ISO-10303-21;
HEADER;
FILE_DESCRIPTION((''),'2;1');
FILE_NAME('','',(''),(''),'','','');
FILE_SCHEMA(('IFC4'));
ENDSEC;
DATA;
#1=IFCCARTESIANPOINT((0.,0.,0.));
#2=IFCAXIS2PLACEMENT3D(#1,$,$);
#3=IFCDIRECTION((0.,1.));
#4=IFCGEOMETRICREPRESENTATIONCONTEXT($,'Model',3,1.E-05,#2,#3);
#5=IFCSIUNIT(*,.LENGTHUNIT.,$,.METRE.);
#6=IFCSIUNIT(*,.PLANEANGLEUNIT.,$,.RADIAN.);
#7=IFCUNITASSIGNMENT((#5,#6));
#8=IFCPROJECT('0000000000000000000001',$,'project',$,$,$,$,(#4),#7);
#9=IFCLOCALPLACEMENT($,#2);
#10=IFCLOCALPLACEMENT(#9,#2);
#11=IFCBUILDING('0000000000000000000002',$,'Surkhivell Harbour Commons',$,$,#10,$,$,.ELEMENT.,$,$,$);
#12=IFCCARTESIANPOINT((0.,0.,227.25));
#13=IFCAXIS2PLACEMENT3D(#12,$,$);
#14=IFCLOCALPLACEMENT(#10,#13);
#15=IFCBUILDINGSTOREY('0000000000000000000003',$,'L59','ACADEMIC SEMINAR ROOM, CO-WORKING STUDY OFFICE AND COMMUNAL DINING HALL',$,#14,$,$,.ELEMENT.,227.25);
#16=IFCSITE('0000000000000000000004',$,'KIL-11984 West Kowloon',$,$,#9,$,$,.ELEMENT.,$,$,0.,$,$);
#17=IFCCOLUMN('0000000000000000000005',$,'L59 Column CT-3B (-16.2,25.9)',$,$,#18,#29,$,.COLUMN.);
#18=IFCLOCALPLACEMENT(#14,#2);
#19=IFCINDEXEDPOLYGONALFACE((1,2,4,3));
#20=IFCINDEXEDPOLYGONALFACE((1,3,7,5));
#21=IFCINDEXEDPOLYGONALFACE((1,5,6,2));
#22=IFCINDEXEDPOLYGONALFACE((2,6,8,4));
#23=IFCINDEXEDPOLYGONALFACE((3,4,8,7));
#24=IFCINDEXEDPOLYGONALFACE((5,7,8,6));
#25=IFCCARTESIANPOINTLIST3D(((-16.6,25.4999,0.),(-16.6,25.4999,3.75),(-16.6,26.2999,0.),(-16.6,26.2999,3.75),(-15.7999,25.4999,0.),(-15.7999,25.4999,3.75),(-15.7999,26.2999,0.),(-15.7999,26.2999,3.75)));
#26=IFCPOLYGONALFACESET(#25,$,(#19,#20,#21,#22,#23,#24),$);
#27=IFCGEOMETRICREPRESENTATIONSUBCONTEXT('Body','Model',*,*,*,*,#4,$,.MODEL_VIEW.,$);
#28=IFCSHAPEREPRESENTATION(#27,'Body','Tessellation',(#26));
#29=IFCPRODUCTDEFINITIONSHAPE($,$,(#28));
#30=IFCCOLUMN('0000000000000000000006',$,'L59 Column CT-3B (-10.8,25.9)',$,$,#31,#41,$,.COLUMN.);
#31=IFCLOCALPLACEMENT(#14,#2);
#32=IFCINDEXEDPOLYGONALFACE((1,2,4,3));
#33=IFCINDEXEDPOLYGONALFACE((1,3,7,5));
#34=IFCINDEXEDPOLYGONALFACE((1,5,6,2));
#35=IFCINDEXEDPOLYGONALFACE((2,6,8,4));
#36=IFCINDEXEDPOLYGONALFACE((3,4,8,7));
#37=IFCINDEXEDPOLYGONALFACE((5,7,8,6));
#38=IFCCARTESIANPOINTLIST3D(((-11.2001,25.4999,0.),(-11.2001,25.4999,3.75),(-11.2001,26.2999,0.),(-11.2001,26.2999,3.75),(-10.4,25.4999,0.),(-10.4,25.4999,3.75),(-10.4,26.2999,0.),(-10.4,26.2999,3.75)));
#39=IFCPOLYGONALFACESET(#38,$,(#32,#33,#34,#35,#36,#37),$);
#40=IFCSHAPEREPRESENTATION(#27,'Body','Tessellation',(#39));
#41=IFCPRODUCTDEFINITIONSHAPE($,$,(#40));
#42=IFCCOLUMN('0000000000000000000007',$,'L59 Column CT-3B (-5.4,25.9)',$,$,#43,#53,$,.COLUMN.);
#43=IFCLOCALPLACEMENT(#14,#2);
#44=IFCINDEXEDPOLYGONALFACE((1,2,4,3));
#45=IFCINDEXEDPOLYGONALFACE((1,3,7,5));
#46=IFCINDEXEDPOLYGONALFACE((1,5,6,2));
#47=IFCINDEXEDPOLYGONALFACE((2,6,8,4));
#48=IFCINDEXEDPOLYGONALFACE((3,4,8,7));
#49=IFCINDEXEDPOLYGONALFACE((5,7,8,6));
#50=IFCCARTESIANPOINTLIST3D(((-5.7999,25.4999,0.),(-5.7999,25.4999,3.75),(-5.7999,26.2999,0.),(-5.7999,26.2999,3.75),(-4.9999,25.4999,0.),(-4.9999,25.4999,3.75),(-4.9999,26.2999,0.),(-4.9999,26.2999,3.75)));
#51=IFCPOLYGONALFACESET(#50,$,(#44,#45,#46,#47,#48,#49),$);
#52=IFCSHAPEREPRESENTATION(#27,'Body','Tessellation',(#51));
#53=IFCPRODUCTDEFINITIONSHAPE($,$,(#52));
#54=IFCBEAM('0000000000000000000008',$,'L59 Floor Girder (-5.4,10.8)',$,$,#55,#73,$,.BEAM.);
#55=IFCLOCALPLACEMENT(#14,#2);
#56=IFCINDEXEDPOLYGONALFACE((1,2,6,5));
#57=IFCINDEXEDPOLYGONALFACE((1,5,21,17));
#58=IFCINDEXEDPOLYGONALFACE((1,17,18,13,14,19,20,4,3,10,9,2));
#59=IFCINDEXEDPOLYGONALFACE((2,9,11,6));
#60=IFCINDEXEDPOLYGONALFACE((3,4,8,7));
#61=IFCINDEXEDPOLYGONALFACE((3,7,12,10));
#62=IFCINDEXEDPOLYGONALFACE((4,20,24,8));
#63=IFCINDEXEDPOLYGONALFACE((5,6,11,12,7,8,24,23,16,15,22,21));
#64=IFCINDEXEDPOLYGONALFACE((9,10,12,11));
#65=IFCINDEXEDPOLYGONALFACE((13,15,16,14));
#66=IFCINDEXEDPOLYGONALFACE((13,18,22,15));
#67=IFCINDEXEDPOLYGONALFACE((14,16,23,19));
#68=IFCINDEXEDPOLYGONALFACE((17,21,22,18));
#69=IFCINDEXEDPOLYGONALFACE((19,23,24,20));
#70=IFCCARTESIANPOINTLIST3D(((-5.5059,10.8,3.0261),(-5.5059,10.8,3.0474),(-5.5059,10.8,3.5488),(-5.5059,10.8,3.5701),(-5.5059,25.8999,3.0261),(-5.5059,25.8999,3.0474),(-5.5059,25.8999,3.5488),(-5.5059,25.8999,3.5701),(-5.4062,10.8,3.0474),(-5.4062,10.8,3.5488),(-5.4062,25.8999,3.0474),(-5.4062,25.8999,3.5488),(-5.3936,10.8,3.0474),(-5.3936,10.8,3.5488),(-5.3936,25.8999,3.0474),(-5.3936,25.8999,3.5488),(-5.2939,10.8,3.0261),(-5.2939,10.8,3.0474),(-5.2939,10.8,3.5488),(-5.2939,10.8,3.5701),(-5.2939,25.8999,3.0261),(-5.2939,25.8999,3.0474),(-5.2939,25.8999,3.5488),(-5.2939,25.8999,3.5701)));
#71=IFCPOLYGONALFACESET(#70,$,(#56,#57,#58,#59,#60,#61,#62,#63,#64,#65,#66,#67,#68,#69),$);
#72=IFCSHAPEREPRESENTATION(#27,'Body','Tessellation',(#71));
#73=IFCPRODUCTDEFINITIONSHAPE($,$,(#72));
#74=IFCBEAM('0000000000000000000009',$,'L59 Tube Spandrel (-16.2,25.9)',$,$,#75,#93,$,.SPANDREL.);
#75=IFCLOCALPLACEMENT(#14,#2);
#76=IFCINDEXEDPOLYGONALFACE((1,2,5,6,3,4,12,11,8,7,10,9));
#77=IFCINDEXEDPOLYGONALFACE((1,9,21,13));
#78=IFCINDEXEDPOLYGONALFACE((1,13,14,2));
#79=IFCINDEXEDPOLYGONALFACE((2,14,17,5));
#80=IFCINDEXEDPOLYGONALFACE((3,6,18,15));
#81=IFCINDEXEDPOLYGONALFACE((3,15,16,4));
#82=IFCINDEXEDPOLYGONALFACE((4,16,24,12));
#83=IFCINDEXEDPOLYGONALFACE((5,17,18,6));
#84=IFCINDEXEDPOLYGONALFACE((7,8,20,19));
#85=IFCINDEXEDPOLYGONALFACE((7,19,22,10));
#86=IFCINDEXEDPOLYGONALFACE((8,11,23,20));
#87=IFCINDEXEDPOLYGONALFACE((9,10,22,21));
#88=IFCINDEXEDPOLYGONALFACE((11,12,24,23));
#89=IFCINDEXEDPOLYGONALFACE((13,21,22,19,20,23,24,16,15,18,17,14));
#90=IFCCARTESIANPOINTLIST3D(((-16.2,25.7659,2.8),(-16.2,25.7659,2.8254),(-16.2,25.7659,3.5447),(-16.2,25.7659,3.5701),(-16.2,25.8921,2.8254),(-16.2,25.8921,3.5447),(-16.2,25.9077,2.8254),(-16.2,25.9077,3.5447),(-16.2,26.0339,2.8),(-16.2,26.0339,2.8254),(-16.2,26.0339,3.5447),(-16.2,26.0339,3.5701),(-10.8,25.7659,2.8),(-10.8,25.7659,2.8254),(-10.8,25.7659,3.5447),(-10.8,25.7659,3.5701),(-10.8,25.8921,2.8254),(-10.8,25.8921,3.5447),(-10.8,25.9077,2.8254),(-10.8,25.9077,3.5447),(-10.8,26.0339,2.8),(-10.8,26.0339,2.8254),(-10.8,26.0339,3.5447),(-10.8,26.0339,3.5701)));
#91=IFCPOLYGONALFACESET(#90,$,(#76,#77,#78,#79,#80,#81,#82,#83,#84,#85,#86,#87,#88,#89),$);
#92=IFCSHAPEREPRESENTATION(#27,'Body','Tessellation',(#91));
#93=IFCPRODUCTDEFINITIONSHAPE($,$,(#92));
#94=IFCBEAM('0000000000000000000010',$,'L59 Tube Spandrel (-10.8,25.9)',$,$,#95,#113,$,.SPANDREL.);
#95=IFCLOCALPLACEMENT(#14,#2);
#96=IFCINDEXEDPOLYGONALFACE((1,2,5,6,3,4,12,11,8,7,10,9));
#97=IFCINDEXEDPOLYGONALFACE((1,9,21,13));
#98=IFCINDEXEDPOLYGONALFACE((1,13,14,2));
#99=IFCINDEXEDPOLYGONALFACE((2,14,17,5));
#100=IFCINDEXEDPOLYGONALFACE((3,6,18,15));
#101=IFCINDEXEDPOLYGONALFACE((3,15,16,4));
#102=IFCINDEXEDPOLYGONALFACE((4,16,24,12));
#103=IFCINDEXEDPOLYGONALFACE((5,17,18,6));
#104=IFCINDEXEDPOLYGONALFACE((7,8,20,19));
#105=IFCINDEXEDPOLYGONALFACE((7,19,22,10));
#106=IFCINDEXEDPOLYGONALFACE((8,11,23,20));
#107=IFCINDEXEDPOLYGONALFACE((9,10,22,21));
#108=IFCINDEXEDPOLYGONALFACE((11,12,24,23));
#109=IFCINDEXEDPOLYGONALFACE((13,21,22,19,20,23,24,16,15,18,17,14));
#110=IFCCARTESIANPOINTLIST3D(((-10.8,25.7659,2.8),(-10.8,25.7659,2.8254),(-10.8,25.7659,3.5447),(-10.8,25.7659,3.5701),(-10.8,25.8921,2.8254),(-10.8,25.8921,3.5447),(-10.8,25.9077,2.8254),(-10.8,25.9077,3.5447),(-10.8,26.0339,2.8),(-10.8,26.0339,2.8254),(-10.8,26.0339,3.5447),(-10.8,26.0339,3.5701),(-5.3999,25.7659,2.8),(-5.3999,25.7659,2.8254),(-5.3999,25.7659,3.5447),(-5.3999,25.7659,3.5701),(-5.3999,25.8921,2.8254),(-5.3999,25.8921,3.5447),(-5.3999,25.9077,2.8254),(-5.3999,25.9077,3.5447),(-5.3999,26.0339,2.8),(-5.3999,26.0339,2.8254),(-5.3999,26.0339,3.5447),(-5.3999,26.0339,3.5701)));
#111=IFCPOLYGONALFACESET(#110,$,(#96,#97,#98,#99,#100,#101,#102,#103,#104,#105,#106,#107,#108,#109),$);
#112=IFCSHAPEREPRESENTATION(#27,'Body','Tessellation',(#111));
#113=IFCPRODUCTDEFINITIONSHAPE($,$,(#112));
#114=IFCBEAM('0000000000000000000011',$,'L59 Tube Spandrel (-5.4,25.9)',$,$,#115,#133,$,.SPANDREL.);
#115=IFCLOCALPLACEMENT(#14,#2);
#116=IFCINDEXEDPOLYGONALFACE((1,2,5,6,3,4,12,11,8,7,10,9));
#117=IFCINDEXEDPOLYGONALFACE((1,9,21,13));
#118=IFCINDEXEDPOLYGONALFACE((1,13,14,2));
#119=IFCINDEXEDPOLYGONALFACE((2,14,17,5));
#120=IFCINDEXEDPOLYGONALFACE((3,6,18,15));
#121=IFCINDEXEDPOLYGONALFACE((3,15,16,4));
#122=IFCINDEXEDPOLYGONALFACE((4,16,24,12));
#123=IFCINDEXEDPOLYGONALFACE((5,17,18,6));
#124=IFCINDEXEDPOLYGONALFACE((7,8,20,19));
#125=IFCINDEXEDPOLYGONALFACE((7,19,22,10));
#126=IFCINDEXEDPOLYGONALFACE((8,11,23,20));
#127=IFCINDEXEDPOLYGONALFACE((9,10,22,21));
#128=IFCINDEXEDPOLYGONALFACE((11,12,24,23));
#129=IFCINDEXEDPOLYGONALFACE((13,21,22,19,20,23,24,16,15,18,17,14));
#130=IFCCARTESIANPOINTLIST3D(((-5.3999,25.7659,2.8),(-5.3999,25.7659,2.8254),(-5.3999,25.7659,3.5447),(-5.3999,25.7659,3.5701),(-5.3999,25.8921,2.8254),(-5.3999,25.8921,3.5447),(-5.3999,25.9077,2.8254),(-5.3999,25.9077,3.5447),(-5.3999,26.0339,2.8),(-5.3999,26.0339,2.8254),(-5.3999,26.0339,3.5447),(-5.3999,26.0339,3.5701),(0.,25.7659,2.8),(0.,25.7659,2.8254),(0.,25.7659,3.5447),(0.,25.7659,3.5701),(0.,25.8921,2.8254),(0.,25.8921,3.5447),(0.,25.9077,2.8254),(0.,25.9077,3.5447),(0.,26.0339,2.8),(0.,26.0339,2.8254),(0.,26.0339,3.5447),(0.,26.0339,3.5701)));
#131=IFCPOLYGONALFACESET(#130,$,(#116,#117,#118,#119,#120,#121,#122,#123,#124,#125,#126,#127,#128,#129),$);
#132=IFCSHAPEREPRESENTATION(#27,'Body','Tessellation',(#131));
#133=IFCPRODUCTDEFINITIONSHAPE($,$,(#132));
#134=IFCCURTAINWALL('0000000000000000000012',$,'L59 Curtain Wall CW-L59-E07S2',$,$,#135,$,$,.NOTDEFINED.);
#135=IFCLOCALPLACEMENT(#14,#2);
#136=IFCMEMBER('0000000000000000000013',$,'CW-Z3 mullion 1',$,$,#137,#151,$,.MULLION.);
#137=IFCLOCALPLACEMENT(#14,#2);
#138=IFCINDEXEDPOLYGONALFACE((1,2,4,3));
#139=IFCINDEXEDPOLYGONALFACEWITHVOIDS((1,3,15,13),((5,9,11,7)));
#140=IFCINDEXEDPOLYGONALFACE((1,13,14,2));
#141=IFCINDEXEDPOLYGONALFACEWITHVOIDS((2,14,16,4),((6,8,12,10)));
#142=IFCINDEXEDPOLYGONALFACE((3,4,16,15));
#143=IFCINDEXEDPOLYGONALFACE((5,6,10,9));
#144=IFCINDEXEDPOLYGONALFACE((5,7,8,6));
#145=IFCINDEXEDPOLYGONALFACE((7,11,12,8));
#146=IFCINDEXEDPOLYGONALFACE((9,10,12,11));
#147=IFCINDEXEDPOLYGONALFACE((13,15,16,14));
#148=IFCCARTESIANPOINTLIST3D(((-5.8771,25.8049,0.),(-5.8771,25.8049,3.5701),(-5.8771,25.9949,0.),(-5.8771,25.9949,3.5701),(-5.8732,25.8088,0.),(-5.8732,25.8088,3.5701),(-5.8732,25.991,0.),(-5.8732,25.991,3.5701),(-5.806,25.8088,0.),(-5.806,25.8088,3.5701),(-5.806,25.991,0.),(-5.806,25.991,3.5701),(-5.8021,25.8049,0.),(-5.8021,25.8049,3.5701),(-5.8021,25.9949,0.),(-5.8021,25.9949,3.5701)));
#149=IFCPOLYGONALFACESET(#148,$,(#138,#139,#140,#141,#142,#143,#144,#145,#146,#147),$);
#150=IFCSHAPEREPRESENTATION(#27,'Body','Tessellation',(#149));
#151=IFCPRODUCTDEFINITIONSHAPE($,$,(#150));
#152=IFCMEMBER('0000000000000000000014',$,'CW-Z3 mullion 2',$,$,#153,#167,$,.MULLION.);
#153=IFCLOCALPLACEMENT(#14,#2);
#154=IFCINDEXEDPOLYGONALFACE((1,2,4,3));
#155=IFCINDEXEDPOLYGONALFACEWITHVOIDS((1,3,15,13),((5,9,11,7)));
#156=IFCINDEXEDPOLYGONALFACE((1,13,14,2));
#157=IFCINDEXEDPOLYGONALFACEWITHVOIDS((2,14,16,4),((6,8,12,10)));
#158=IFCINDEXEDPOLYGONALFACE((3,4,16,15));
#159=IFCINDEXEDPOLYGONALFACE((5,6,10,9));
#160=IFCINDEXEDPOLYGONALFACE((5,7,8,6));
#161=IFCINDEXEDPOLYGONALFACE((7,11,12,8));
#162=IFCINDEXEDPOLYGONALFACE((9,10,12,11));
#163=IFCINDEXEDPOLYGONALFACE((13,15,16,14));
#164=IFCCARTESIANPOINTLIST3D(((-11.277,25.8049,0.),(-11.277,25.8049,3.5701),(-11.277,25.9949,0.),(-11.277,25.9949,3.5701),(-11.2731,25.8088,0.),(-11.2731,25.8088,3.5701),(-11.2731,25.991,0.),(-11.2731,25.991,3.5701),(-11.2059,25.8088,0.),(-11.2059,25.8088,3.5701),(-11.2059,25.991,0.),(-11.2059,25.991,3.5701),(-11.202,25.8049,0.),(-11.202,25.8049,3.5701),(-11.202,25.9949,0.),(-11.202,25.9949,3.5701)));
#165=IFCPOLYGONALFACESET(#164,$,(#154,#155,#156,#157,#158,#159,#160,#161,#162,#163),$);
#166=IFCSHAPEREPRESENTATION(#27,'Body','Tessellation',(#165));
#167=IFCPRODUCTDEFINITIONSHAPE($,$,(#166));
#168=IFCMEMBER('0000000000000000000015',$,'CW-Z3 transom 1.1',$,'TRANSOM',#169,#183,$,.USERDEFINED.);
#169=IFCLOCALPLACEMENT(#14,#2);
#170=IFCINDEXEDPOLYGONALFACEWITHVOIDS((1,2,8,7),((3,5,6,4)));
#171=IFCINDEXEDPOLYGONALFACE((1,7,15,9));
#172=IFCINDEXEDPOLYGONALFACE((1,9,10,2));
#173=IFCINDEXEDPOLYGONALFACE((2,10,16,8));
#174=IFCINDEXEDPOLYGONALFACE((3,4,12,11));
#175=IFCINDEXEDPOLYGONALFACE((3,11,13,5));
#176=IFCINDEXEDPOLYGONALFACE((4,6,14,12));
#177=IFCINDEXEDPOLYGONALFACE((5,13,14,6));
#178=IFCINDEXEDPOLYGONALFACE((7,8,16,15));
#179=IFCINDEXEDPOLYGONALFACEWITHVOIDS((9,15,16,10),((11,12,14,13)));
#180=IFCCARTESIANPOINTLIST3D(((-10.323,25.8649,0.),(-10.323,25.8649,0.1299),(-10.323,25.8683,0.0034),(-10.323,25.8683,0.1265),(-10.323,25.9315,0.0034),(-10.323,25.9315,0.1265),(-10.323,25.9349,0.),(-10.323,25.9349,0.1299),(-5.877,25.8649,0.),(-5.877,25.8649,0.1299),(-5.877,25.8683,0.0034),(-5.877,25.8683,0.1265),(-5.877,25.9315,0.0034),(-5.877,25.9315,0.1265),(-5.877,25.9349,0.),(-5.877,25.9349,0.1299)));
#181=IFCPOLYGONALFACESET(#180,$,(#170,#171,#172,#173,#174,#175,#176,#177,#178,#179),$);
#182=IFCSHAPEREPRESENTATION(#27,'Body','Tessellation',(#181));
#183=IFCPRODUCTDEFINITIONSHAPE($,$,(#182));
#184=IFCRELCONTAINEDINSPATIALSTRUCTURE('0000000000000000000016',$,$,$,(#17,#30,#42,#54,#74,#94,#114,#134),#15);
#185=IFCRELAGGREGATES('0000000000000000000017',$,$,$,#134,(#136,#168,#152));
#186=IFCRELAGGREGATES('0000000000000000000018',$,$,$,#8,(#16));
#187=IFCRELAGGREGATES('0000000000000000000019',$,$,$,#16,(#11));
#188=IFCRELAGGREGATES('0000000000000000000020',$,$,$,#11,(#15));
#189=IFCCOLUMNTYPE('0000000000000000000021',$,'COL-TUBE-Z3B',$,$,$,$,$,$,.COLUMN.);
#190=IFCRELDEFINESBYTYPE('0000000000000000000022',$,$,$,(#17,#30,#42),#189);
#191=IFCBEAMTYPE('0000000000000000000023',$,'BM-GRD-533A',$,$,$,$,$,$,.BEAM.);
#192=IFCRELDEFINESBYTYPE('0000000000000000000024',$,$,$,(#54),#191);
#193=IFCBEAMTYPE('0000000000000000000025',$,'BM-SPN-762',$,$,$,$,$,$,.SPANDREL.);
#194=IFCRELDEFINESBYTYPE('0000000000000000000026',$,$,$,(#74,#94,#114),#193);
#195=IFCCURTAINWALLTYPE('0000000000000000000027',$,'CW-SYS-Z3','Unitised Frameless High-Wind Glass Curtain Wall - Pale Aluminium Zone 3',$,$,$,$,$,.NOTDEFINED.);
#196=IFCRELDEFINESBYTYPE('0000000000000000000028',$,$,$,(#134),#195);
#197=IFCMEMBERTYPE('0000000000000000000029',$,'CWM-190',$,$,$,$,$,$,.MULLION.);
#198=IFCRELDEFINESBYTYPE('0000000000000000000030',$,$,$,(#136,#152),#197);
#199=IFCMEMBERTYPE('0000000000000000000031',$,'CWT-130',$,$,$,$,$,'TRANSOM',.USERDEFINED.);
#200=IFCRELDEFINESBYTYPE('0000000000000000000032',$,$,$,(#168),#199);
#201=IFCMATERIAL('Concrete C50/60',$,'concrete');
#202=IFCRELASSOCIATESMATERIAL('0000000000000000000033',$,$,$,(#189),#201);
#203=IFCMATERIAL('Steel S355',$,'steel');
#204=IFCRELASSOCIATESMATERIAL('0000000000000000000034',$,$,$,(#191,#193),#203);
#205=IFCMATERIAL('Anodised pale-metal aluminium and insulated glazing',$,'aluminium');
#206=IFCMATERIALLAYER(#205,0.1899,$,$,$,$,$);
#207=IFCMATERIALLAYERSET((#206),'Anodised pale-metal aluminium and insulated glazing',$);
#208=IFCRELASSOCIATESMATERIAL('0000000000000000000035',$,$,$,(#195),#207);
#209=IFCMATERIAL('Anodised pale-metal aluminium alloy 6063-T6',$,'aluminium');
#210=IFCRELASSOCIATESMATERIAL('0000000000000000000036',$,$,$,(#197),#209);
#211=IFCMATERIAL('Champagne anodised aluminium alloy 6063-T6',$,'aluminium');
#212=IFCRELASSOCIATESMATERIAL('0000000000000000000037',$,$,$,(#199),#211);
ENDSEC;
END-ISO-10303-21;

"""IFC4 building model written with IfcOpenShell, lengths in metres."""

from ifc_helpers import new_model, si_unit, direction, frame, origin, origin_2d, place, context, subcontext, project, spatial, rectangle, hollow_rectangle, i_section, extrude, material, layer, layer_set, material_profile, profile_set, type_object, element, aggregate, save


model = new_model("IFC4")

# Units and contexts
model_context = context("Model", 3, precision=1e-05, world=origin(), true_north=direction((0.0, 1.0)))
body_context = subcontext(model_context, "Body", "Model", "MODEL_VIEW")
ifc_project = project(units=[si_unit("LENGTHUNIT", "METRE"), si_unit("PLANEANGLEUNIT", "RADIAN")], contexts=[model_context])

# Site, building, storey
site_placement = place(None, origin())
site = spatial("IfcSite", under=ifc_project, at=site_placement, Name="KIL-11984 West Kowloon", CompositionType="ELEMENT", RefElevation=0.0)
building_placement = place(site_placement, origin())
building = spatial("IfcBuilding", under=site, at=building_placement, Name="Surkhivell Harbour Commons", CompositionType="ELEMENT")
storey_placement = place(building_placement, frame((0.0, 0.0, 227.25)))
storey = spatial("IfcBuildingStorey", under=building, at=storey_placement, Name="L59", Description="ACADEMIC SEMINAR ROOM, CO-WORKING STUDY OFFICE AND COMMUNAL DINING HALL", CompositionType="ELEMENT", Elevation=227.25)

# Columns
ifc_material_1 = material(Name="Concrete C50/60", Category="concrete")
ifc_material_profile_1 = material_profile(ifc_material_1, rectangle(XDim=0.8, YDim=0.8, at=origin_2d()), Name="RC-COL-800x800")
ifc_profile_set_1 = profile_set([ifc_material_profile_1], Name="Concrete C50/60")
column_type = type_object("IfcColumnType", Name="COL-TUBE-Z3B", PredefinedType="COLUMN", material=ifc_profile_set_1)
for number, where, z_axis, x_axis, name in (
    (1, (-16.2, 25.8999, 0.0), (0.0, 0.0, 1.0), (1.0, 0.0, 0.0), "L59 Column CT-3B (-16.2,25.9)"),
    (2, (-10.8, 25.8999, 0.0), (0.0, 0.0, 1.0), (1.0, 0.0, 0.0), "L59 Column CT-3B (-10.8,25.9)"),
    (3, (-5.3999, 25.8999, 0.0), (0.0, 0.0, 1.0), (1.0, 0.0, 0.0), "L59 Column CT-3B (-5.4,25.9)"),
):
    element("IfcColumn", number, at=place(storey_placement, frame(where, z_axis=z_axis, x_axis=x_axis)), inside=storey, type_object=column_type, Name=name, PredefinedType="COLUMN", context=body_context, shape_type="SweptSolid", body=[
        extrude(rectangle(XDim=0.8, YDim=0.8, at=origin_2d()), origin(), (0.0, 0.0, 1.0), 3.75),
    ])

# Beams
ifc_material_2 = material(Name="Steel S355", Category="steel")
ifc_material_profile_2 = material_profile(ifc_material_2, i_section(OverallWidth=0.2119, OverallDepth=0.5439, WebThickness=0.0127, FlangeThickness=0.0212, at=origin_2d()), Name="UB533x210x122")
ifc_profile_set_2 = profile_set([ifc_material_profile_2], Name="Steel S355")
beam_type_1 = type_object("IfcBeamType", Name="BM-GRD-533A", PredefinedType="BEAM", material=ifc_profile_set_2)
beam_1_placement = place(storey_placement, frame((-5.3999, 10.8, 3.2981), z_axis=(0.0, 1.0, 0.0), x_axis=(-1.0, 0.0, 0.0)))
element("IfcBeam", 4, at=beam_1_placement, inside=storey, type_object=beam_type_1, Name="L59 Floor Girder (-5.4,10.8)", PredefinedType="BEAM", context=body_context, shape_type="SweptSolid", body=[
    extrude(i_section(OverallWidth=0.2119, OverallDepth=0.5439, WebThickness=0.0127, FlangeThickness=0.0212, at=origin_2d()), origin(), (0.0, 0.0, 1.0), 15.0999),
])
ifc_material_profile_3 = material_profile(ifc_material_2, i_section(OverallWidth=0.2681, OverallDepth=0.77, WebThickness=0.0156, FlangeThickness=0.0254, at=origin_2d()), Name="UB762x267x197")
ifc_profile_set_3 = profile_set([ifc_material_profile_3], Name="Steel S355")
beam_type_2 = type_object("IfcBeamType", Name="BM-SPN-762", PredefinedType="SPANDREL", material=ifc_profile_set_3)
beam_2_placement = place(storey_placement, frame((-16.2, 25.8999, 3.1851), z_axis=(1.0, 0.0, 0.0), x_axis=(0.0, 1.0, 0.0)))
element("IfcBeam", 5, at=beam_2_placement, inside=storey, type_object=beam_type_2, Name="L59 Tube Spandrel (-16.2,25.9)", PredefinedType="SPANDREL", context=body_context, shape_type="SweptSolid", body=[
    extrude(i_section(OverallWidth=0.2681, OverallDepth=0.77, WebThickness=0.0156, FlangeThickness=0.0254, at=origin_2d()), origin(), (0.0, 0.0, 1.0), 5.3999),
])
beam_3_placement = place(storey_placement, frame((-10.8, 25.8999, 3.1851), z_axis=(1.0, 0.0, 0.0), x_axis=(0.0, 1.0, 0.0)))
element("IfcBeam", 6, at=beam_3_placement, inside=storey, type_object=beam_type_2, Name="L59 Tube Spandrel (-10.8,25.9)", PredefinedType="SPANDREL", context=body_context, shape_type="SweptSolid", body=[
    extrude(i_section(OverallWidth=0.2681, OverallDepth=0.77, WebThickness=0.0156, FlangeThickness=0.0254, at=origin_2d()), origin(), (0.0, 0.0, 1.0), 5.4001),
])
beam_4_placement = place(storey_placement, frame((-5.3999, 25.8999, 3.1851), z_axis=(1.0, 0.0, 0.0), x_axis=(0.0, 1.0, 0.0)))
element("IfcBeam", 7, at=beam_4_placement, inside=storey, type_object=beam_type_2, Name="L59 Tube Spandrel (-5.4,25.9)", PredefinedType="SPANDREL", context=body_context, shape_type="SweptSolid", body=[
    extrude(i_section(OverallWidth=0.2681, OverallDepth=0.77, WebThickness=0.0156, FlangeThickness=0.0254, at=origin_2d()), origin(), (0.0, 0.0, 1.0), 5.3999),
])

# Curtain wall, members
ifc_material_3 = material(Name="Anodised pale-metal aluminium and insulated glazing", Category="aluminium")
ifc_layer_1 = layer(ifc_material_3, 0.1899)
ifc_layer_set_1 = layer_set([ifc_layer_1], Name="Anodised pale-metal aluminium and insulated glazing")
curtain_wall_type = type_object("IfcCurtainWallType", Name="CW-SYS-Z3", Description="Unitised Frameless High-Wind Glass Curtain Wall - Pale Aluminium Zone 3", PredefinedType="NOTDEFINED", material=ifc_layer_set_1)
curtain_wall_placement = place(storey_placement, origin())
curtain_wall = element("IfcCurtainWall", 8, at=curtain_wall_placement, inside=storey, type_object=curtain_wall_type, Name="L59 Curtain Wall CW-L59-E07S2", PredefinedType="NOTDEFINED")
ifc_material_4 = material(Name="Anodised pale-metal aluminium alloy 6063-T6", Category="aluminium")
ifc_material_profile_4 = material_profile(ifc_material_4, hollow_rectangle(XDim=0.075, YDim=0.1899, WallThickness=0.0039, at=origin_2d()), Name="ALU-MULL-75x190")
ifc_profile_set_4 = profile_set([ifc_material_profile_4], Name="Anodised pale-metal aluminium alloy 6063-T6")
member_type_1 = type_object("IfcMemberType", Name="CWM-190", PredefinedType="MULLION", material=ifc_profile_set_4)
member_1_placement = place(storey_placement, frame((-5.8396, 25.8999, 0.0), z_axis=(0.0, 0.0, 1.0), x_axis=(-1.0, 0.0, 0.0)))
member_1 = element("IfcMember", 9, at=member_1_placement, type_object=member_type_1, Name="CW-Z3 mullion 1", PredefinedType="MULLION", context=body_context, shape_type="SweptSolid", body=[
    extrude(hollow_rectangle(XDim=0.075, YDim=0.1899, WallThickness=0.0039, at=origin_2d()), origin(), (0.0, 0.0, 1.0), 3.5701),
])
member_2_placement = place(storey_placement, frame((-11.2395, 25.8999, 0.0), z_axis=(0.0, 0.0, 1.0), x_axis=(-1.0, 0.0, 0.0)))
member_2 = element("IfcMember", 10, at=member_2_placement, type_object=member_type_1, Name="CW-Z3 mullion 2", PredefinedType="MULLION", context=body_context, shape_type="SweptSolid", body=[
    extrude(hollow_rectangle(XDim=0.075, YDim=0.1899, WallThickness=0.0039, at=origin_2d()), origin(), (0.0, 0.0, 1.0), 3.5701),
])
ifc_material_5 = material(Name="Champagne anodised aluminium alloy 6063-T6", Category="aluminium")
ifc_material_profile_5 = material_profile(ifc_material_5, hollow_rectangle(XDim=0.0701, YDim=0.1299, WallThickness=0.0034, at=origin_2d()), Name="ALU-TRAN-70x130")
ifc_profile_set_5 = profile_set([ifc_material_profile_5], Name="Champagne anodised aluminium alloy 6063-T6")
member_type_2 = type_object("IfcMemberType", Name="CWT-130", ElementType="TRANSOM", PredefinedType="USERDEFINED", material=ifc_profile_set_5)
member_3_placement = place(storey_placement, frame((-5.877, 25.8999, 0.0649), z_axis=(-1.0, 0.0, 0.0), x_axis=(0.0, -1.0, 0.0)))
member_3 = element("IfcMember", 11, at=member_3_placement, type_object=member_type_2, Name="CW-Z3 transom 1.1", ObjectType="TRANSOM", PredefinedType="USERDEFINED", context=body_context, shape_type="SweptSolid", body=[
    extrude(hollow_rectangle(XDim=0.0701, YDim=0.1299, WallThickness=0.0034, at=origin_2d()), origin(), (0.0, 0.0, 1.0), 4.446),
])

aggregate(curtain_wall, [member_1, member_3, member_2])

save(model, "model.ifc")
